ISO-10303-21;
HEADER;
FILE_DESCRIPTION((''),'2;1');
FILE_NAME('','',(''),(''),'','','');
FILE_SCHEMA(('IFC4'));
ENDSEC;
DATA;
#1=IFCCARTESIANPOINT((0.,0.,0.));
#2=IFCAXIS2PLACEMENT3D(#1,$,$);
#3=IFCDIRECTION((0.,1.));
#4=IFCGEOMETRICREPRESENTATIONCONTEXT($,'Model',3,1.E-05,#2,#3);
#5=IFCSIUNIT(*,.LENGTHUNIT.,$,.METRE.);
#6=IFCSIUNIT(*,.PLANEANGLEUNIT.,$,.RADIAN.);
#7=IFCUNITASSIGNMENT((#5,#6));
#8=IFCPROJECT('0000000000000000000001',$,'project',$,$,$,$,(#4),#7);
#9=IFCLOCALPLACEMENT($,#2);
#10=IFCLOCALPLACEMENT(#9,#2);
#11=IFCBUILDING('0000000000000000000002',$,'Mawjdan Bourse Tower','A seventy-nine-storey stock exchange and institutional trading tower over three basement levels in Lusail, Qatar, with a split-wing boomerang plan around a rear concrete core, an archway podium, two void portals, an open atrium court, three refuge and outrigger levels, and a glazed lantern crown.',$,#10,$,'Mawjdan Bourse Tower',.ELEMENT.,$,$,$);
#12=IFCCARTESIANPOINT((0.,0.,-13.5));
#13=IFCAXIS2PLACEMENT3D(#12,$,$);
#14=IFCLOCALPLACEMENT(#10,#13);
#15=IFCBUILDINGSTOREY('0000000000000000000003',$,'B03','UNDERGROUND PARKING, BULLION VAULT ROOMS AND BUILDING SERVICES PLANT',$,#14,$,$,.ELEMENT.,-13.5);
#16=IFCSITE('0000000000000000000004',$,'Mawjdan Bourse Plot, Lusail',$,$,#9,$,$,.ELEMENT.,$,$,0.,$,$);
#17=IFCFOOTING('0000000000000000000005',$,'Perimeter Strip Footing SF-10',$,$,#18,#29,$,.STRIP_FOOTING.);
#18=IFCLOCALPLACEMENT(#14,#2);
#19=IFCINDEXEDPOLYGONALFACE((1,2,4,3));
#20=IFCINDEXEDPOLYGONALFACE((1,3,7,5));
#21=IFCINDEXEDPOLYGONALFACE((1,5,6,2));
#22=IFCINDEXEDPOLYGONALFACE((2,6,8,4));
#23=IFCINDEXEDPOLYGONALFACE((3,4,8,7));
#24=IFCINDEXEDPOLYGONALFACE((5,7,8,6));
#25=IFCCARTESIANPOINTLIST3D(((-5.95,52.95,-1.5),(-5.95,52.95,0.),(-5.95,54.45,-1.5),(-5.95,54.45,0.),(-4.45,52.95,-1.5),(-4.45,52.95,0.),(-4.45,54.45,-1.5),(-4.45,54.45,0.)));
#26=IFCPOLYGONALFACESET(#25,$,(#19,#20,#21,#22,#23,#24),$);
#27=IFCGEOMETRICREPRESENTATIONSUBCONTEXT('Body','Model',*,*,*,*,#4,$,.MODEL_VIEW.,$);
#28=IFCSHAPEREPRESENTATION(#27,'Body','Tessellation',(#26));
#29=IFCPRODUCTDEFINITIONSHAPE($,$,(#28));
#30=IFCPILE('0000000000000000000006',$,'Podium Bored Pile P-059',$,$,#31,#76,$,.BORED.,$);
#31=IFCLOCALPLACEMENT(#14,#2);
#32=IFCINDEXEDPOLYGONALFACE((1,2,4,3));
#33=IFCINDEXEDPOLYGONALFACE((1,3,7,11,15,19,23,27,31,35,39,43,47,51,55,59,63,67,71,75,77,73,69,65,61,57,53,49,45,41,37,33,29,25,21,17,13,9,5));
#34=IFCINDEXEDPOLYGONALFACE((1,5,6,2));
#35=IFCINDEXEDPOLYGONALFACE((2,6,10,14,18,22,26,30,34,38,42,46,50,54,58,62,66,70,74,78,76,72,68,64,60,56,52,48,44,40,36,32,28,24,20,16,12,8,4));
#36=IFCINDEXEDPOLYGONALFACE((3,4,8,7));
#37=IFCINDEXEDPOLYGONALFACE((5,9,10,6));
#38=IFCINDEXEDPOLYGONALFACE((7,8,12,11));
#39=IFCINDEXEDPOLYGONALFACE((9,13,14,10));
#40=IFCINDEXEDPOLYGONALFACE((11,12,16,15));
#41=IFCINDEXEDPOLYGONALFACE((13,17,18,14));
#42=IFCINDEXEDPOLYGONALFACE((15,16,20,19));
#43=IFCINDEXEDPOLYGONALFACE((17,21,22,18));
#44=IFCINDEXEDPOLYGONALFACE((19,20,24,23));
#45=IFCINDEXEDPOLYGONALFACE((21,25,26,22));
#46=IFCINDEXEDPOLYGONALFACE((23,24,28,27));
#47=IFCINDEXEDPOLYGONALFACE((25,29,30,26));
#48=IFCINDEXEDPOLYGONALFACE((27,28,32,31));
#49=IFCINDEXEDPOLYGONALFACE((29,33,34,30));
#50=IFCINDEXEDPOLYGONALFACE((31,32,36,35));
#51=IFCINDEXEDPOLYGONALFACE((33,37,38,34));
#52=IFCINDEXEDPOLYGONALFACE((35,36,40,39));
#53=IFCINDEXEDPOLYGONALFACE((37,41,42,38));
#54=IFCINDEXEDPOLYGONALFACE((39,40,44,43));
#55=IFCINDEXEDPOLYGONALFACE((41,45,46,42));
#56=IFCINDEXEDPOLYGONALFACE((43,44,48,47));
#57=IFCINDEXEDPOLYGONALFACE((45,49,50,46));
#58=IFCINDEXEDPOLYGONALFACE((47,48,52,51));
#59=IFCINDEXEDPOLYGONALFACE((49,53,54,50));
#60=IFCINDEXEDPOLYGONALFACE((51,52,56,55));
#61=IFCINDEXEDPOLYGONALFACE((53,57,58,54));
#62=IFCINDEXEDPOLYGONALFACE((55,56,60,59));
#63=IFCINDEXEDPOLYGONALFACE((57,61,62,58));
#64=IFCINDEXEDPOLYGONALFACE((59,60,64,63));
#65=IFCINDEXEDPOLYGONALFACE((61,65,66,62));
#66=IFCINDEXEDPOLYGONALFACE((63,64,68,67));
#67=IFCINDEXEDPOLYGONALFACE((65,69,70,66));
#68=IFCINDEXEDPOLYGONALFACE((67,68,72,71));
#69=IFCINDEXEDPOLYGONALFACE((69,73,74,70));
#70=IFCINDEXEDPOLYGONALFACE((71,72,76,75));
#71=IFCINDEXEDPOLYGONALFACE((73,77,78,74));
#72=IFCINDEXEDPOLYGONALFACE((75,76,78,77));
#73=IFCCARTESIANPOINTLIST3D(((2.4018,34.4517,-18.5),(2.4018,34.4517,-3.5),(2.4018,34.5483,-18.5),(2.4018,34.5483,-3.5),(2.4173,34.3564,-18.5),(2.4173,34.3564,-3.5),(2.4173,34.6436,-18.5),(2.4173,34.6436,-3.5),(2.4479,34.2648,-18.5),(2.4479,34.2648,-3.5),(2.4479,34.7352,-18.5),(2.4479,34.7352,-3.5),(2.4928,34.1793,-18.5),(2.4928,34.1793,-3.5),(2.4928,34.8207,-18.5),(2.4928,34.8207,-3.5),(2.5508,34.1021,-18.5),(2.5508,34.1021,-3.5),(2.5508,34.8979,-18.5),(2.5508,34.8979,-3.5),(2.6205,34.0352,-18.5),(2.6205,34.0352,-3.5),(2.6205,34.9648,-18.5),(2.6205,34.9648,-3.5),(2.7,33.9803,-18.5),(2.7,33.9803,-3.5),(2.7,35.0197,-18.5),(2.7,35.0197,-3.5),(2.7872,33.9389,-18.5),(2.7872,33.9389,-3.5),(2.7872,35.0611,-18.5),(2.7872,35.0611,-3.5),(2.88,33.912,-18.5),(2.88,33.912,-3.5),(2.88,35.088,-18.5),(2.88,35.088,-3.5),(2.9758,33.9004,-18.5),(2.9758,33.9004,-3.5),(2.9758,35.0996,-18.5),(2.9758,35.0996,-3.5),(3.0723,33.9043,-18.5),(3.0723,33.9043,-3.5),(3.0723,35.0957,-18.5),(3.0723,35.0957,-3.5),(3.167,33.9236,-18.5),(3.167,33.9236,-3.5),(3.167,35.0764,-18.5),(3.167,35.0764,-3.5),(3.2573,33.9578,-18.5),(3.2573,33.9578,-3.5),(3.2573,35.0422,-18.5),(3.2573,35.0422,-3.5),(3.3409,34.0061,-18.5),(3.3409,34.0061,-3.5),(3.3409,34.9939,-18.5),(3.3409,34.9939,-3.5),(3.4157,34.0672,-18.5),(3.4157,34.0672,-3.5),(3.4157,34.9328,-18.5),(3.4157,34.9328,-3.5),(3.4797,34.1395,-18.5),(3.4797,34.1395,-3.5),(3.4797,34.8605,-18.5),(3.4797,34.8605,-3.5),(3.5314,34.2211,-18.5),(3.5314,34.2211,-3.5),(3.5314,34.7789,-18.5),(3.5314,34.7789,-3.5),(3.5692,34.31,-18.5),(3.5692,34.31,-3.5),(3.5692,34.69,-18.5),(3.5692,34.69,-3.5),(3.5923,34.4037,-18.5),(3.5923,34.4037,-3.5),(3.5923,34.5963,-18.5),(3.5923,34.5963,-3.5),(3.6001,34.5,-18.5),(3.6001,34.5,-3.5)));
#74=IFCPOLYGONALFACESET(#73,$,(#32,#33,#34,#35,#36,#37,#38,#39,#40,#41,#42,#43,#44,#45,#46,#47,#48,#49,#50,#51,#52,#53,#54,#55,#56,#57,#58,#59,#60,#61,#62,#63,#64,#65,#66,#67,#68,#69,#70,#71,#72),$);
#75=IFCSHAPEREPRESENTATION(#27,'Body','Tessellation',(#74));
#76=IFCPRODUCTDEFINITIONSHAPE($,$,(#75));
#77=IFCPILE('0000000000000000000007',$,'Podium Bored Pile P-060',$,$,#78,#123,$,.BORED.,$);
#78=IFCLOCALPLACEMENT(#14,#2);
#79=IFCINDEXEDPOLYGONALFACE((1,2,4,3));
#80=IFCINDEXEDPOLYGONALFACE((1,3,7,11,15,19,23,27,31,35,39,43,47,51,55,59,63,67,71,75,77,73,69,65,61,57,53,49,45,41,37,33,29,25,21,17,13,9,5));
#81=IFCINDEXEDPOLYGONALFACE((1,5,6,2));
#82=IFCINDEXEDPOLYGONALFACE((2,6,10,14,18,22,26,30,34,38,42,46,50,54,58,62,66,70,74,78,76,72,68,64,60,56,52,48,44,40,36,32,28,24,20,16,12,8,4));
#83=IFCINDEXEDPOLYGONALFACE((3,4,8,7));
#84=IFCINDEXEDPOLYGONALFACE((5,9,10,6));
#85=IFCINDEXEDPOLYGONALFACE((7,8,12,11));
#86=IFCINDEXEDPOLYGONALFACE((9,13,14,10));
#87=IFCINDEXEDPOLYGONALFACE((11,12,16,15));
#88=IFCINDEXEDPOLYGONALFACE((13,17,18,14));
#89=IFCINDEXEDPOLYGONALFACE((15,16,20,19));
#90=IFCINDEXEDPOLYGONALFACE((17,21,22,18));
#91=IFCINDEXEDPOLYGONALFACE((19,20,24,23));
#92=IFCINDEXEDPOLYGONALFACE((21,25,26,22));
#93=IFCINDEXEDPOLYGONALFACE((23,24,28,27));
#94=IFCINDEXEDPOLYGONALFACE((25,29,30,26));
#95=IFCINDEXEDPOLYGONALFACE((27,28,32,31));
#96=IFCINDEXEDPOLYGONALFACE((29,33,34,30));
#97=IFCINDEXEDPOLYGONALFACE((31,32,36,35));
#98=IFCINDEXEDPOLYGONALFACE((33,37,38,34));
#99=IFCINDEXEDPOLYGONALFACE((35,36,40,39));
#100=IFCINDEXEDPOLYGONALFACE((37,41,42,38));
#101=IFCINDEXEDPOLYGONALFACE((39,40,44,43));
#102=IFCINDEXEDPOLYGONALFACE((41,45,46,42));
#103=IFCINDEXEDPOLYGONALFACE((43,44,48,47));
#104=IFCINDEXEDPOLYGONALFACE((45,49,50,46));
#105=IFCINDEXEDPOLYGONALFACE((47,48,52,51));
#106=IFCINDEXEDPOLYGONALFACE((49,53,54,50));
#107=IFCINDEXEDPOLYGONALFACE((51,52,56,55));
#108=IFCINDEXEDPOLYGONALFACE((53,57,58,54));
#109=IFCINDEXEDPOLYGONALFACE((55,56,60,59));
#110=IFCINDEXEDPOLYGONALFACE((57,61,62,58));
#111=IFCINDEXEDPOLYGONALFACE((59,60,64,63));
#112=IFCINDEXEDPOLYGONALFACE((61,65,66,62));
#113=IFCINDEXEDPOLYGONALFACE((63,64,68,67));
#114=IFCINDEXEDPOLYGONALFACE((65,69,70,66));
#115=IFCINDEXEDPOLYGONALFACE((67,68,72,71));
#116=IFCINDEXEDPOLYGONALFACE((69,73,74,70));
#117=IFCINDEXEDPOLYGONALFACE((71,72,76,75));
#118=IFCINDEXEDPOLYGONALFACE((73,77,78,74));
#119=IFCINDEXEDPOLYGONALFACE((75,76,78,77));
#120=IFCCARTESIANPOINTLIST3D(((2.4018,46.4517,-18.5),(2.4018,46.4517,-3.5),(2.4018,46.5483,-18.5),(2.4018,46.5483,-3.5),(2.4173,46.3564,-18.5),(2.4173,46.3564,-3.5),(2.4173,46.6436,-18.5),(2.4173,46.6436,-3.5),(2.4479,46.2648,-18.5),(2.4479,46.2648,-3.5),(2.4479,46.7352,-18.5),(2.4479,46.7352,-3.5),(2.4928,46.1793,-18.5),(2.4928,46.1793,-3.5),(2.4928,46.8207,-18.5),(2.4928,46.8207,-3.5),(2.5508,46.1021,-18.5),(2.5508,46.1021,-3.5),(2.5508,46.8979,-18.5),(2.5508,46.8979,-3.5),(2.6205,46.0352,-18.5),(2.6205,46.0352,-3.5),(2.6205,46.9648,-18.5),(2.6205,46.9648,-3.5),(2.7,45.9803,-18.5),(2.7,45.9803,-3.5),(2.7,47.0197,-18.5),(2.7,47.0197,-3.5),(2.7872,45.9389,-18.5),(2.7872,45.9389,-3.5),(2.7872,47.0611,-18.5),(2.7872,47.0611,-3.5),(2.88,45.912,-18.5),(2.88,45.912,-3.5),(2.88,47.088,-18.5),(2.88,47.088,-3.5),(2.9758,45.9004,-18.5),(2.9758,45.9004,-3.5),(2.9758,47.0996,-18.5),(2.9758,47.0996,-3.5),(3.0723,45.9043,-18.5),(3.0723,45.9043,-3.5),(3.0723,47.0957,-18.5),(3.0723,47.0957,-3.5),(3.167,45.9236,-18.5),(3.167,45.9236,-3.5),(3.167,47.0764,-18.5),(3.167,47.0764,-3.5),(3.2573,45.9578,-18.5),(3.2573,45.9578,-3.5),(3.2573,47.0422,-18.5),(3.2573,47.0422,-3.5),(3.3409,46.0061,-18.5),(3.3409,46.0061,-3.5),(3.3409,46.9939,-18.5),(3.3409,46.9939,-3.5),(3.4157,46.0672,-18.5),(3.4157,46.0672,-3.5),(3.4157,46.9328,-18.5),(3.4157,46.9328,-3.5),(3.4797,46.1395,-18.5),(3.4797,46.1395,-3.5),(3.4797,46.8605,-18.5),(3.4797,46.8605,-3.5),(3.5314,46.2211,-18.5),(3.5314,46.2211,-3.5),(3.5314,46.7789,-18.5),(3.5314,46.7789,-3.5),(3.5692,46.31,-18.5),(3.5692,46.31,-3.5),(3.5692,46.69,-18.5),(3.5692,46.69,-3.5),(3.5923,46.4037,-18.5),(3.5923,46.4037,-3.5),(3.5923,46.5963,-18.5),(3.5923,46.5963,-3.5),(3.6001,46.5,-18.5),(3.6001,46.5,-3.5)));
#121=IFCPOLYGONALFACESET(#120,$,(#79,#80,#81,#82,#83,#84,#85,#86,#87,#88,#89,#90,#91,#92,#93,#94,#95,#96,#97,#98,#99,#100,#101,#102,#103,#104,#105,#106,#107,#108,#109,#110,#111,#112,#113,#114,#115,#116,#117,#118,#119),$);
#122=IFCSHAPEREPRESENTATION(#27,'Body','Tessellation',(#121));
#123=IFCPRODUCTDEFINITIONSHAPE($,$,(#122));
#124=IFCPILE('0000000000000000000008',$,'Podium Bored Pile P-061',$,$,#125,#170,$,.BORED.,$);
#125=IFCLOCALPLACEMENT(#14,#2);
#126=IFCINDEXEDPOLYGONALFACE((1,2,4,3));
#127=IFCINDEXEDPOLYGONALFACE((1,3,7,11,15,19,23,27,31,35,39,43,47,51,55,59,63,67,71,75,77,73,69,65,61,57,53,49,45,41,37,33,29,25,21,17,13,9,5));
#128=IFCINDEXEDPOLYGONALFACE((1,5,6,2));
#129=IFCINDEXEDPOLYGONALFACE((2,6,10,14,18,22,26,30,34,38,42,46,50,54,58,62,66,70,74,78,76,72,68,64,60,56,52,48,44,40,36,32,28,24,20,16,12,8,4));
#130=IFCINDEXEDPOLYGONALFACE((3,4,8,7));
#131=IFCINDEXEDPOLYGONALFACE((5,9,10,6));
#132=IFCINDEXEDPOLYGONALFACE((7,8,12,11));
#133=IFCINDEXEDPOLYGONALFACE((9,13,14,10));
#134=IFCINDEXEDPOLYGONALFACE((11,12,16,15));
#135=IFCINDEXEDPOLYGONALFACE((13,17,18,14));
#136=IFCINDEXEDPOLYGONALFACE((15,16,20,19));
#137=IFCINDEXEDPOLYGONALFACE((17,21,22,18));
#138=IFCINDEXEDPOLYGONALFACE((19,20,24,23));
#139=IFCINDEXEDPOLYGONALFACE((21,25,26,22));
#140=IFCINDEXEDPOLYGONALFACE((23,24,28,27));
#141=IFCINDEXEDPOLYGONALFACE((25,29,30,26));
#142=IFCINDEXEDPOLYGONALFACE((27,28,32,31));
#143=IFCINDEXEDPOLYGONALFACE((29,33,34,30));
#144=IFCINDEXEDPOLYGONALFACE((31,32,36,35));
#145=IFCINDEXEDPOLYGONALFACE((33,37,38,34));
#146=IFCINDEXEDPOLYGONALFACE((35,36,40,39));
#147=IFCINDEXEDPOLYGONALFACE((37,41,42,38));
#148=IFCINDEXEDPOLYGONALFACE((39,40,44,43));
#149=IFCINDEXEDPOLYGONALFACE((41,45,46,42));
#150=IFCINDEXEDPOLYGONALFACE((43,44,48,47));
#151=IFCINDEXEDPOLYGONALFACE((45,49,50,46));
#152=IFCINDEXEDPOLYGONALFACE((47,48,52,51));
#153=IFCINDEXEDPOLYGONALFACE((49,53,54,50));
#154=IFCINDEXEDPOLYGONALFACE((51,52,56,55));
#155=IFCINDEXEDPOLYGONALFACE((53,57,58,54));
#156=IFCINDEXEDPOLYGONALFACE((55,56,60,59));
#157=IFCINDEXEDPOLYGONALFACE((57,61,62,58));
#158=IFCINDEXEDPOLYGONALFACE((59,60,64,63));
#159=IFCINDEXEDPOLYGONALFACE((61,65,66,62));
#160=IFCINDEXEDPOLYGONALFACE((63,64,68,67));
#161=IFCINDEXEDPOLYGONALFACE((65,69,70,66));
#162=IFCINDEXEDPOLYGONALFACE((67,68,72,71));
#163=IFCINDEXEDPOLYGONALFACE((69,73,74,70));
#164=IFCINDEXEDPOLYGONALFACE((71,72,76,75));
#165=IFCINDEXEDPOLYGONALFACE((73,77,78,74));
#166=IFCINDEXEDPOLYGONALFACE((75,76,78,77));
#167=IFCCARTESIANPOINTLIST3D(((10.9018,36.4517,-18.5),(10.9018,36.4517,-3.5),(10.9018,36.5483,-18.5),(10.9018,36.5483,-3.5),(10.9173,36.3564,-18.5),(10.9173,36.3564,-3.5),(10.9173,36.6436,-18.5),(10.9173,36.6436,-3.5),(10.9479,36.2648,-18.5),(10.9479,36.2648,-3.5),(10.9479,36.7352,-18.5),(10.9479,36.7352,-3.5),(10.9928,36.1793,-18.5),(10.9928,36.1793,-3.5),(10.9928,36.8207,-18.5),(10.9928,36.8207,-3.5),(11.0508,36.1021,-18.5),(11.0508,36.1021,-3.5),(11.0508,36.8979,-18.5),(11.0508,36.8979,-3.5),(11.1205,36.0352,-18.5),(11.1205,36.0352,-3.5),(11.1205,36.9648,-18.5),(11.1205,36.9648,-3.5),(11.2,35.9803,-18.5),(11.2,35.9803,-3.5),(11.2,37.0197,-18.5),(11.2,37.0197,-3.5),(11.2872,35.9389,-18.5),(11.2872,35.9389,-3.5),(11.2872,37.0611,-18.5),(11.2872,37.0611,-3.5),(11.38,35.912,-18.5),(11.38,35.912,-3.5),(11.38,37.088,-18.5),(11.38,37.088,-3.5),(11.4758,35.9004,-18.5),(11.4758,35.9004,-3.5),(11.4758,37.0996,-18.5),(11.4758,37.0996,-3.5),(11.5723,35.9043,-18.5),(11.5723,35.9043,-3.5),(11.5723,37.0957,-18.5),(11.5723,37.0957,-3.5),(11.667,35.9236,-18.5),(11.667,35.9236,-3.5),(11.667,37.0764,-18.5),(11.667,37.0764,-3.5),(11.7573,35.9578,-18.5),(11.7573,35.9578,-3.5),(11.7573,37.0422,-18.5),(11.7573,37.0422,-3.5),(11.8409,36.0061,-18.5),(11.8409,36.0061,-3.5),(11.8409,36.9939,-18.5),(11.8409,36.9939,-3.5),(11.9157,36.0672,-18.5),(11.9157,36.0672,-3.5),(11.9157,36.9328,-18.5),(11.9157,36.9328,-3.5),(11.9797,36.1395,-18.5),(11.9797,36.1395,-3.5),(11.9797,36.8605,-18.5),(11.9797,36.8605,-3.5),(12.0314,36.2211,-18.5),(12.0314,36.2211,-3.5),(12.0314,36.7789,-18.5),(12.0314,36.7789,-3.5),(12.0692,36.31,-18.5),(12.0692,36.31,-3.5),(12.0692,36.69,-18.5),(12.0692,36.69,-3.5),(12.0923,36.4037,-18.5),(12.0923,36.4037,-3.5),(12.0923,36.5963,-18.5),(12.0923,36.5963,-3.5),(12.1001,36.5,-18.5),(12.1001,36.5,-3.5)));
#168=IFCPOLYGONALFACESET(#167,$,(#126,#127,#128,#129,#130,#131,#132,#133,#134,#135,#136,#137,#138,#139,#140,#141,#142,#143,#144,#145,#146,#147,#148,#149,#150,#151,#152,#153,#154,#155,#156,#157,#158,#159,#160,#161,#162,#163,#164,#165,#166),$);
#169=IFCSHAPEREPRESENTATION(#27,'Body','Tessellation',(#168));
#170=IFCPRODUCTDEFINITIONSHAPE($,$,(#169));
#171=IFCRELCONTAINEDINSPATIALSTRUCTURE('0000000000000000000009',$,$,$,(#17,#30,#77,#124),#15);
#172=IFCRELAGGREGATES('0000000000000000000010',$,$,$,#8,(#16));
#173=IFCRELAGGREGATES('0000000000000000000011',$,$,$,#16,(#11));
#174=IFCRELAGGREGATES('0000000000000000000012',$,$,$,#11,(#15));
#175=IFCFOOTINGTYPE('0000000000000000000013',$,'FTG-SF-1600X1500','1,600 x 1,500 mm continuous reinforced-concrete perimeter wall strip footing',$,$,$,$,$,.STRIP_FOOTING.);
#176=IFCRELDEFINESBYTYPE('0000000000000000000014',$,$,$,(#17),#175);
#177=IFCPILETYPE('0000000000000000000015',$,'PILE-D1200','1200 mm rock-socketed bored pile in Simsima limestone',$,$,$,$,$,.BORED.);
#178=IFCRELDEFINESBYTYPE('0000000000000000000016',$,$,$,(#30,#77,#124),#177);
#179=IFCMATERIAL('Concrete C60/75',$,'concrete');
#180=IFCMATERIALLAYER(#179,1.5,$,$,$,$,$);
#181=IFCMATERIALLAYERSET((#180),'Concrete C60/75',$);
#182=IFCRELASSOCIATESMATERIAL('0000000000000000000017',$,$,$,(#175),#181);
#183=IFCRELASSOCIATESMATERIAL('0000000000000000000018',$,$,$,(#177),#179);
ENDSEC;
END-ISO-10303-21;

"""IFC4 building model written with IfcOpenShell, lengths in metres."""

from ifc_helpers import new_model, si_unit, direction, frame, origin, origin_2d, place, context, subcontext, project, spatial, rectangle, circle, extrude, material, layer, layer_set, material_profile, profile_set, type_object, element, save


model = new_model("IFC4")

# Units and contexts
model_context = context("Model", 3, precision=1e-05, world=origin(), true_north=direction((0.0, 1.0)))
body_context = subcontext(model_context, "Body", "Model", "MODEL_VIEW")
ifc_project = project(units=[si_unit("LENGTHUNIT", "METRE"), si_unit("PLANEANGLEUNIT", "RADIAN")], contexts=[model_context])

# Site, building, storey
site_placement = place(None, origin())
site = spatial("IfcSite", under=ifc_project, at=site_placement, Name="Mawjdan Bourse Plot, Lusail", CompositionType="ELEMENT", RefElevation=0.0)
building_placement = place(site_placement, origin())
building = spatial("IfcBuilding", under=site, at=building_placement, Name="Mawjdan Bourse Tower", Description="A seventy-nine-storey stock exchange and institutional trading tower over three basement levels in Lusail, Qatar, with a split-wing boomerang plan around a rear concrete core, an archway podium, two void portals, an open atrium court, three refuge and outrigger levels, and a glazed lantern crown.", LongName="Mawjdan Bourse Tower", CompositionType="ELEMENT")
storey_placement = place(building_placement, frame((0.0, 0.0, -13.5)))
storey = spatial("IfcBuildingStorey", under=building, at=storey_placement, Name="B03", Description="UNDERGROUND PARKING, BULLION VAULT ROOMS AND BUILDING SERVICES PLANT", CompositionType="ELEMENT", Elevation=-13.5)

# Footing
ifc_material_1 = material(Name="Concrete C60/75", Category="concrete")
ifc_layer_1 = layer(ifc_material_1, 1.5)
ifc_layer_set_1 = layer_set([ifc_layer_1], Name="Concrete C60/75")
footing_type = type_object("IfcFootingType", Name="FTG-SF-1600X1500", Description="1,600 x 1,500 mm continuous reinforced-concrete perimeter wall strip footing", PredefinedType="STRIP_FOOTING", material=ifc_layer_set_1)
footing_placement = place(storey_placement, frame((-5.2, 53.7, -1.5), z_axis=(0.0, 0.0, 1.0), x_axis=(1.0, 0.0, 0.0)))
element("IfcFooting", 1, at=footing_placement, inside=storey, type_object=footing_type, Name="Perimeter Strip Footing SF-10", PredefinedType="STRIP_FOOTING", context=body_context, shape_type="SweptSolid", body=[
    extrude(rectangle(XDim=1.5, YDim=1.5, at=origin_2d()), origin(), (0.0, 0.0, 1.0), 1.5),
])

# Piles
ifc_material_profile_1 = material_profile(ifc_material_1, circle(Radius=0.6001, at=origin_2d()), Name="PILE-D1200")
ifc_profile_set_1 = profile_set([ifc_material_profile_1], Name="Concrete C60/75")
pile_type = type_object("IfcPileType", Name="PILE-D1200", Description="1200 mm rock-socketed bored pile in Simsima limestone", PredefinedType="BORED", material=ifc_profile_set_1)
for number, where, z_axis, x_axis, name in (
    (2, (3.0, 34.5, -3.5), (0.0, 0.0, -1.0), (1.0, 0.0, 0.0), "Podium Bored Pile P-059"),
    (3, (3.0, 46.5, -3.5), (0.0, 0.0, -1.0), (1.0, 0.0, 0.0), "Podium Bored Pile P-060"),
    (4, (11.5, 36.5, -3.5), (0.0, 0.0, -1.0), (1.0, 0.0, 0.0), "Podium Bored Pile P-061"),
):
    element("IfcPile", number, at=place(storey_placement, frame(where, z_axis=z_axis, x_axis=x_axis)), inside=storey, type_object=pile_type, Name=name, PredefinedType="BORED", context=body_context, shape_type="SweptSolid", body=[
        extrude(circle(Radius=0.6001, at=origin_2d()), origin(), (0.0, 0.0, 1.0), 15.0),
    ])

save(model, "model.ifc")
